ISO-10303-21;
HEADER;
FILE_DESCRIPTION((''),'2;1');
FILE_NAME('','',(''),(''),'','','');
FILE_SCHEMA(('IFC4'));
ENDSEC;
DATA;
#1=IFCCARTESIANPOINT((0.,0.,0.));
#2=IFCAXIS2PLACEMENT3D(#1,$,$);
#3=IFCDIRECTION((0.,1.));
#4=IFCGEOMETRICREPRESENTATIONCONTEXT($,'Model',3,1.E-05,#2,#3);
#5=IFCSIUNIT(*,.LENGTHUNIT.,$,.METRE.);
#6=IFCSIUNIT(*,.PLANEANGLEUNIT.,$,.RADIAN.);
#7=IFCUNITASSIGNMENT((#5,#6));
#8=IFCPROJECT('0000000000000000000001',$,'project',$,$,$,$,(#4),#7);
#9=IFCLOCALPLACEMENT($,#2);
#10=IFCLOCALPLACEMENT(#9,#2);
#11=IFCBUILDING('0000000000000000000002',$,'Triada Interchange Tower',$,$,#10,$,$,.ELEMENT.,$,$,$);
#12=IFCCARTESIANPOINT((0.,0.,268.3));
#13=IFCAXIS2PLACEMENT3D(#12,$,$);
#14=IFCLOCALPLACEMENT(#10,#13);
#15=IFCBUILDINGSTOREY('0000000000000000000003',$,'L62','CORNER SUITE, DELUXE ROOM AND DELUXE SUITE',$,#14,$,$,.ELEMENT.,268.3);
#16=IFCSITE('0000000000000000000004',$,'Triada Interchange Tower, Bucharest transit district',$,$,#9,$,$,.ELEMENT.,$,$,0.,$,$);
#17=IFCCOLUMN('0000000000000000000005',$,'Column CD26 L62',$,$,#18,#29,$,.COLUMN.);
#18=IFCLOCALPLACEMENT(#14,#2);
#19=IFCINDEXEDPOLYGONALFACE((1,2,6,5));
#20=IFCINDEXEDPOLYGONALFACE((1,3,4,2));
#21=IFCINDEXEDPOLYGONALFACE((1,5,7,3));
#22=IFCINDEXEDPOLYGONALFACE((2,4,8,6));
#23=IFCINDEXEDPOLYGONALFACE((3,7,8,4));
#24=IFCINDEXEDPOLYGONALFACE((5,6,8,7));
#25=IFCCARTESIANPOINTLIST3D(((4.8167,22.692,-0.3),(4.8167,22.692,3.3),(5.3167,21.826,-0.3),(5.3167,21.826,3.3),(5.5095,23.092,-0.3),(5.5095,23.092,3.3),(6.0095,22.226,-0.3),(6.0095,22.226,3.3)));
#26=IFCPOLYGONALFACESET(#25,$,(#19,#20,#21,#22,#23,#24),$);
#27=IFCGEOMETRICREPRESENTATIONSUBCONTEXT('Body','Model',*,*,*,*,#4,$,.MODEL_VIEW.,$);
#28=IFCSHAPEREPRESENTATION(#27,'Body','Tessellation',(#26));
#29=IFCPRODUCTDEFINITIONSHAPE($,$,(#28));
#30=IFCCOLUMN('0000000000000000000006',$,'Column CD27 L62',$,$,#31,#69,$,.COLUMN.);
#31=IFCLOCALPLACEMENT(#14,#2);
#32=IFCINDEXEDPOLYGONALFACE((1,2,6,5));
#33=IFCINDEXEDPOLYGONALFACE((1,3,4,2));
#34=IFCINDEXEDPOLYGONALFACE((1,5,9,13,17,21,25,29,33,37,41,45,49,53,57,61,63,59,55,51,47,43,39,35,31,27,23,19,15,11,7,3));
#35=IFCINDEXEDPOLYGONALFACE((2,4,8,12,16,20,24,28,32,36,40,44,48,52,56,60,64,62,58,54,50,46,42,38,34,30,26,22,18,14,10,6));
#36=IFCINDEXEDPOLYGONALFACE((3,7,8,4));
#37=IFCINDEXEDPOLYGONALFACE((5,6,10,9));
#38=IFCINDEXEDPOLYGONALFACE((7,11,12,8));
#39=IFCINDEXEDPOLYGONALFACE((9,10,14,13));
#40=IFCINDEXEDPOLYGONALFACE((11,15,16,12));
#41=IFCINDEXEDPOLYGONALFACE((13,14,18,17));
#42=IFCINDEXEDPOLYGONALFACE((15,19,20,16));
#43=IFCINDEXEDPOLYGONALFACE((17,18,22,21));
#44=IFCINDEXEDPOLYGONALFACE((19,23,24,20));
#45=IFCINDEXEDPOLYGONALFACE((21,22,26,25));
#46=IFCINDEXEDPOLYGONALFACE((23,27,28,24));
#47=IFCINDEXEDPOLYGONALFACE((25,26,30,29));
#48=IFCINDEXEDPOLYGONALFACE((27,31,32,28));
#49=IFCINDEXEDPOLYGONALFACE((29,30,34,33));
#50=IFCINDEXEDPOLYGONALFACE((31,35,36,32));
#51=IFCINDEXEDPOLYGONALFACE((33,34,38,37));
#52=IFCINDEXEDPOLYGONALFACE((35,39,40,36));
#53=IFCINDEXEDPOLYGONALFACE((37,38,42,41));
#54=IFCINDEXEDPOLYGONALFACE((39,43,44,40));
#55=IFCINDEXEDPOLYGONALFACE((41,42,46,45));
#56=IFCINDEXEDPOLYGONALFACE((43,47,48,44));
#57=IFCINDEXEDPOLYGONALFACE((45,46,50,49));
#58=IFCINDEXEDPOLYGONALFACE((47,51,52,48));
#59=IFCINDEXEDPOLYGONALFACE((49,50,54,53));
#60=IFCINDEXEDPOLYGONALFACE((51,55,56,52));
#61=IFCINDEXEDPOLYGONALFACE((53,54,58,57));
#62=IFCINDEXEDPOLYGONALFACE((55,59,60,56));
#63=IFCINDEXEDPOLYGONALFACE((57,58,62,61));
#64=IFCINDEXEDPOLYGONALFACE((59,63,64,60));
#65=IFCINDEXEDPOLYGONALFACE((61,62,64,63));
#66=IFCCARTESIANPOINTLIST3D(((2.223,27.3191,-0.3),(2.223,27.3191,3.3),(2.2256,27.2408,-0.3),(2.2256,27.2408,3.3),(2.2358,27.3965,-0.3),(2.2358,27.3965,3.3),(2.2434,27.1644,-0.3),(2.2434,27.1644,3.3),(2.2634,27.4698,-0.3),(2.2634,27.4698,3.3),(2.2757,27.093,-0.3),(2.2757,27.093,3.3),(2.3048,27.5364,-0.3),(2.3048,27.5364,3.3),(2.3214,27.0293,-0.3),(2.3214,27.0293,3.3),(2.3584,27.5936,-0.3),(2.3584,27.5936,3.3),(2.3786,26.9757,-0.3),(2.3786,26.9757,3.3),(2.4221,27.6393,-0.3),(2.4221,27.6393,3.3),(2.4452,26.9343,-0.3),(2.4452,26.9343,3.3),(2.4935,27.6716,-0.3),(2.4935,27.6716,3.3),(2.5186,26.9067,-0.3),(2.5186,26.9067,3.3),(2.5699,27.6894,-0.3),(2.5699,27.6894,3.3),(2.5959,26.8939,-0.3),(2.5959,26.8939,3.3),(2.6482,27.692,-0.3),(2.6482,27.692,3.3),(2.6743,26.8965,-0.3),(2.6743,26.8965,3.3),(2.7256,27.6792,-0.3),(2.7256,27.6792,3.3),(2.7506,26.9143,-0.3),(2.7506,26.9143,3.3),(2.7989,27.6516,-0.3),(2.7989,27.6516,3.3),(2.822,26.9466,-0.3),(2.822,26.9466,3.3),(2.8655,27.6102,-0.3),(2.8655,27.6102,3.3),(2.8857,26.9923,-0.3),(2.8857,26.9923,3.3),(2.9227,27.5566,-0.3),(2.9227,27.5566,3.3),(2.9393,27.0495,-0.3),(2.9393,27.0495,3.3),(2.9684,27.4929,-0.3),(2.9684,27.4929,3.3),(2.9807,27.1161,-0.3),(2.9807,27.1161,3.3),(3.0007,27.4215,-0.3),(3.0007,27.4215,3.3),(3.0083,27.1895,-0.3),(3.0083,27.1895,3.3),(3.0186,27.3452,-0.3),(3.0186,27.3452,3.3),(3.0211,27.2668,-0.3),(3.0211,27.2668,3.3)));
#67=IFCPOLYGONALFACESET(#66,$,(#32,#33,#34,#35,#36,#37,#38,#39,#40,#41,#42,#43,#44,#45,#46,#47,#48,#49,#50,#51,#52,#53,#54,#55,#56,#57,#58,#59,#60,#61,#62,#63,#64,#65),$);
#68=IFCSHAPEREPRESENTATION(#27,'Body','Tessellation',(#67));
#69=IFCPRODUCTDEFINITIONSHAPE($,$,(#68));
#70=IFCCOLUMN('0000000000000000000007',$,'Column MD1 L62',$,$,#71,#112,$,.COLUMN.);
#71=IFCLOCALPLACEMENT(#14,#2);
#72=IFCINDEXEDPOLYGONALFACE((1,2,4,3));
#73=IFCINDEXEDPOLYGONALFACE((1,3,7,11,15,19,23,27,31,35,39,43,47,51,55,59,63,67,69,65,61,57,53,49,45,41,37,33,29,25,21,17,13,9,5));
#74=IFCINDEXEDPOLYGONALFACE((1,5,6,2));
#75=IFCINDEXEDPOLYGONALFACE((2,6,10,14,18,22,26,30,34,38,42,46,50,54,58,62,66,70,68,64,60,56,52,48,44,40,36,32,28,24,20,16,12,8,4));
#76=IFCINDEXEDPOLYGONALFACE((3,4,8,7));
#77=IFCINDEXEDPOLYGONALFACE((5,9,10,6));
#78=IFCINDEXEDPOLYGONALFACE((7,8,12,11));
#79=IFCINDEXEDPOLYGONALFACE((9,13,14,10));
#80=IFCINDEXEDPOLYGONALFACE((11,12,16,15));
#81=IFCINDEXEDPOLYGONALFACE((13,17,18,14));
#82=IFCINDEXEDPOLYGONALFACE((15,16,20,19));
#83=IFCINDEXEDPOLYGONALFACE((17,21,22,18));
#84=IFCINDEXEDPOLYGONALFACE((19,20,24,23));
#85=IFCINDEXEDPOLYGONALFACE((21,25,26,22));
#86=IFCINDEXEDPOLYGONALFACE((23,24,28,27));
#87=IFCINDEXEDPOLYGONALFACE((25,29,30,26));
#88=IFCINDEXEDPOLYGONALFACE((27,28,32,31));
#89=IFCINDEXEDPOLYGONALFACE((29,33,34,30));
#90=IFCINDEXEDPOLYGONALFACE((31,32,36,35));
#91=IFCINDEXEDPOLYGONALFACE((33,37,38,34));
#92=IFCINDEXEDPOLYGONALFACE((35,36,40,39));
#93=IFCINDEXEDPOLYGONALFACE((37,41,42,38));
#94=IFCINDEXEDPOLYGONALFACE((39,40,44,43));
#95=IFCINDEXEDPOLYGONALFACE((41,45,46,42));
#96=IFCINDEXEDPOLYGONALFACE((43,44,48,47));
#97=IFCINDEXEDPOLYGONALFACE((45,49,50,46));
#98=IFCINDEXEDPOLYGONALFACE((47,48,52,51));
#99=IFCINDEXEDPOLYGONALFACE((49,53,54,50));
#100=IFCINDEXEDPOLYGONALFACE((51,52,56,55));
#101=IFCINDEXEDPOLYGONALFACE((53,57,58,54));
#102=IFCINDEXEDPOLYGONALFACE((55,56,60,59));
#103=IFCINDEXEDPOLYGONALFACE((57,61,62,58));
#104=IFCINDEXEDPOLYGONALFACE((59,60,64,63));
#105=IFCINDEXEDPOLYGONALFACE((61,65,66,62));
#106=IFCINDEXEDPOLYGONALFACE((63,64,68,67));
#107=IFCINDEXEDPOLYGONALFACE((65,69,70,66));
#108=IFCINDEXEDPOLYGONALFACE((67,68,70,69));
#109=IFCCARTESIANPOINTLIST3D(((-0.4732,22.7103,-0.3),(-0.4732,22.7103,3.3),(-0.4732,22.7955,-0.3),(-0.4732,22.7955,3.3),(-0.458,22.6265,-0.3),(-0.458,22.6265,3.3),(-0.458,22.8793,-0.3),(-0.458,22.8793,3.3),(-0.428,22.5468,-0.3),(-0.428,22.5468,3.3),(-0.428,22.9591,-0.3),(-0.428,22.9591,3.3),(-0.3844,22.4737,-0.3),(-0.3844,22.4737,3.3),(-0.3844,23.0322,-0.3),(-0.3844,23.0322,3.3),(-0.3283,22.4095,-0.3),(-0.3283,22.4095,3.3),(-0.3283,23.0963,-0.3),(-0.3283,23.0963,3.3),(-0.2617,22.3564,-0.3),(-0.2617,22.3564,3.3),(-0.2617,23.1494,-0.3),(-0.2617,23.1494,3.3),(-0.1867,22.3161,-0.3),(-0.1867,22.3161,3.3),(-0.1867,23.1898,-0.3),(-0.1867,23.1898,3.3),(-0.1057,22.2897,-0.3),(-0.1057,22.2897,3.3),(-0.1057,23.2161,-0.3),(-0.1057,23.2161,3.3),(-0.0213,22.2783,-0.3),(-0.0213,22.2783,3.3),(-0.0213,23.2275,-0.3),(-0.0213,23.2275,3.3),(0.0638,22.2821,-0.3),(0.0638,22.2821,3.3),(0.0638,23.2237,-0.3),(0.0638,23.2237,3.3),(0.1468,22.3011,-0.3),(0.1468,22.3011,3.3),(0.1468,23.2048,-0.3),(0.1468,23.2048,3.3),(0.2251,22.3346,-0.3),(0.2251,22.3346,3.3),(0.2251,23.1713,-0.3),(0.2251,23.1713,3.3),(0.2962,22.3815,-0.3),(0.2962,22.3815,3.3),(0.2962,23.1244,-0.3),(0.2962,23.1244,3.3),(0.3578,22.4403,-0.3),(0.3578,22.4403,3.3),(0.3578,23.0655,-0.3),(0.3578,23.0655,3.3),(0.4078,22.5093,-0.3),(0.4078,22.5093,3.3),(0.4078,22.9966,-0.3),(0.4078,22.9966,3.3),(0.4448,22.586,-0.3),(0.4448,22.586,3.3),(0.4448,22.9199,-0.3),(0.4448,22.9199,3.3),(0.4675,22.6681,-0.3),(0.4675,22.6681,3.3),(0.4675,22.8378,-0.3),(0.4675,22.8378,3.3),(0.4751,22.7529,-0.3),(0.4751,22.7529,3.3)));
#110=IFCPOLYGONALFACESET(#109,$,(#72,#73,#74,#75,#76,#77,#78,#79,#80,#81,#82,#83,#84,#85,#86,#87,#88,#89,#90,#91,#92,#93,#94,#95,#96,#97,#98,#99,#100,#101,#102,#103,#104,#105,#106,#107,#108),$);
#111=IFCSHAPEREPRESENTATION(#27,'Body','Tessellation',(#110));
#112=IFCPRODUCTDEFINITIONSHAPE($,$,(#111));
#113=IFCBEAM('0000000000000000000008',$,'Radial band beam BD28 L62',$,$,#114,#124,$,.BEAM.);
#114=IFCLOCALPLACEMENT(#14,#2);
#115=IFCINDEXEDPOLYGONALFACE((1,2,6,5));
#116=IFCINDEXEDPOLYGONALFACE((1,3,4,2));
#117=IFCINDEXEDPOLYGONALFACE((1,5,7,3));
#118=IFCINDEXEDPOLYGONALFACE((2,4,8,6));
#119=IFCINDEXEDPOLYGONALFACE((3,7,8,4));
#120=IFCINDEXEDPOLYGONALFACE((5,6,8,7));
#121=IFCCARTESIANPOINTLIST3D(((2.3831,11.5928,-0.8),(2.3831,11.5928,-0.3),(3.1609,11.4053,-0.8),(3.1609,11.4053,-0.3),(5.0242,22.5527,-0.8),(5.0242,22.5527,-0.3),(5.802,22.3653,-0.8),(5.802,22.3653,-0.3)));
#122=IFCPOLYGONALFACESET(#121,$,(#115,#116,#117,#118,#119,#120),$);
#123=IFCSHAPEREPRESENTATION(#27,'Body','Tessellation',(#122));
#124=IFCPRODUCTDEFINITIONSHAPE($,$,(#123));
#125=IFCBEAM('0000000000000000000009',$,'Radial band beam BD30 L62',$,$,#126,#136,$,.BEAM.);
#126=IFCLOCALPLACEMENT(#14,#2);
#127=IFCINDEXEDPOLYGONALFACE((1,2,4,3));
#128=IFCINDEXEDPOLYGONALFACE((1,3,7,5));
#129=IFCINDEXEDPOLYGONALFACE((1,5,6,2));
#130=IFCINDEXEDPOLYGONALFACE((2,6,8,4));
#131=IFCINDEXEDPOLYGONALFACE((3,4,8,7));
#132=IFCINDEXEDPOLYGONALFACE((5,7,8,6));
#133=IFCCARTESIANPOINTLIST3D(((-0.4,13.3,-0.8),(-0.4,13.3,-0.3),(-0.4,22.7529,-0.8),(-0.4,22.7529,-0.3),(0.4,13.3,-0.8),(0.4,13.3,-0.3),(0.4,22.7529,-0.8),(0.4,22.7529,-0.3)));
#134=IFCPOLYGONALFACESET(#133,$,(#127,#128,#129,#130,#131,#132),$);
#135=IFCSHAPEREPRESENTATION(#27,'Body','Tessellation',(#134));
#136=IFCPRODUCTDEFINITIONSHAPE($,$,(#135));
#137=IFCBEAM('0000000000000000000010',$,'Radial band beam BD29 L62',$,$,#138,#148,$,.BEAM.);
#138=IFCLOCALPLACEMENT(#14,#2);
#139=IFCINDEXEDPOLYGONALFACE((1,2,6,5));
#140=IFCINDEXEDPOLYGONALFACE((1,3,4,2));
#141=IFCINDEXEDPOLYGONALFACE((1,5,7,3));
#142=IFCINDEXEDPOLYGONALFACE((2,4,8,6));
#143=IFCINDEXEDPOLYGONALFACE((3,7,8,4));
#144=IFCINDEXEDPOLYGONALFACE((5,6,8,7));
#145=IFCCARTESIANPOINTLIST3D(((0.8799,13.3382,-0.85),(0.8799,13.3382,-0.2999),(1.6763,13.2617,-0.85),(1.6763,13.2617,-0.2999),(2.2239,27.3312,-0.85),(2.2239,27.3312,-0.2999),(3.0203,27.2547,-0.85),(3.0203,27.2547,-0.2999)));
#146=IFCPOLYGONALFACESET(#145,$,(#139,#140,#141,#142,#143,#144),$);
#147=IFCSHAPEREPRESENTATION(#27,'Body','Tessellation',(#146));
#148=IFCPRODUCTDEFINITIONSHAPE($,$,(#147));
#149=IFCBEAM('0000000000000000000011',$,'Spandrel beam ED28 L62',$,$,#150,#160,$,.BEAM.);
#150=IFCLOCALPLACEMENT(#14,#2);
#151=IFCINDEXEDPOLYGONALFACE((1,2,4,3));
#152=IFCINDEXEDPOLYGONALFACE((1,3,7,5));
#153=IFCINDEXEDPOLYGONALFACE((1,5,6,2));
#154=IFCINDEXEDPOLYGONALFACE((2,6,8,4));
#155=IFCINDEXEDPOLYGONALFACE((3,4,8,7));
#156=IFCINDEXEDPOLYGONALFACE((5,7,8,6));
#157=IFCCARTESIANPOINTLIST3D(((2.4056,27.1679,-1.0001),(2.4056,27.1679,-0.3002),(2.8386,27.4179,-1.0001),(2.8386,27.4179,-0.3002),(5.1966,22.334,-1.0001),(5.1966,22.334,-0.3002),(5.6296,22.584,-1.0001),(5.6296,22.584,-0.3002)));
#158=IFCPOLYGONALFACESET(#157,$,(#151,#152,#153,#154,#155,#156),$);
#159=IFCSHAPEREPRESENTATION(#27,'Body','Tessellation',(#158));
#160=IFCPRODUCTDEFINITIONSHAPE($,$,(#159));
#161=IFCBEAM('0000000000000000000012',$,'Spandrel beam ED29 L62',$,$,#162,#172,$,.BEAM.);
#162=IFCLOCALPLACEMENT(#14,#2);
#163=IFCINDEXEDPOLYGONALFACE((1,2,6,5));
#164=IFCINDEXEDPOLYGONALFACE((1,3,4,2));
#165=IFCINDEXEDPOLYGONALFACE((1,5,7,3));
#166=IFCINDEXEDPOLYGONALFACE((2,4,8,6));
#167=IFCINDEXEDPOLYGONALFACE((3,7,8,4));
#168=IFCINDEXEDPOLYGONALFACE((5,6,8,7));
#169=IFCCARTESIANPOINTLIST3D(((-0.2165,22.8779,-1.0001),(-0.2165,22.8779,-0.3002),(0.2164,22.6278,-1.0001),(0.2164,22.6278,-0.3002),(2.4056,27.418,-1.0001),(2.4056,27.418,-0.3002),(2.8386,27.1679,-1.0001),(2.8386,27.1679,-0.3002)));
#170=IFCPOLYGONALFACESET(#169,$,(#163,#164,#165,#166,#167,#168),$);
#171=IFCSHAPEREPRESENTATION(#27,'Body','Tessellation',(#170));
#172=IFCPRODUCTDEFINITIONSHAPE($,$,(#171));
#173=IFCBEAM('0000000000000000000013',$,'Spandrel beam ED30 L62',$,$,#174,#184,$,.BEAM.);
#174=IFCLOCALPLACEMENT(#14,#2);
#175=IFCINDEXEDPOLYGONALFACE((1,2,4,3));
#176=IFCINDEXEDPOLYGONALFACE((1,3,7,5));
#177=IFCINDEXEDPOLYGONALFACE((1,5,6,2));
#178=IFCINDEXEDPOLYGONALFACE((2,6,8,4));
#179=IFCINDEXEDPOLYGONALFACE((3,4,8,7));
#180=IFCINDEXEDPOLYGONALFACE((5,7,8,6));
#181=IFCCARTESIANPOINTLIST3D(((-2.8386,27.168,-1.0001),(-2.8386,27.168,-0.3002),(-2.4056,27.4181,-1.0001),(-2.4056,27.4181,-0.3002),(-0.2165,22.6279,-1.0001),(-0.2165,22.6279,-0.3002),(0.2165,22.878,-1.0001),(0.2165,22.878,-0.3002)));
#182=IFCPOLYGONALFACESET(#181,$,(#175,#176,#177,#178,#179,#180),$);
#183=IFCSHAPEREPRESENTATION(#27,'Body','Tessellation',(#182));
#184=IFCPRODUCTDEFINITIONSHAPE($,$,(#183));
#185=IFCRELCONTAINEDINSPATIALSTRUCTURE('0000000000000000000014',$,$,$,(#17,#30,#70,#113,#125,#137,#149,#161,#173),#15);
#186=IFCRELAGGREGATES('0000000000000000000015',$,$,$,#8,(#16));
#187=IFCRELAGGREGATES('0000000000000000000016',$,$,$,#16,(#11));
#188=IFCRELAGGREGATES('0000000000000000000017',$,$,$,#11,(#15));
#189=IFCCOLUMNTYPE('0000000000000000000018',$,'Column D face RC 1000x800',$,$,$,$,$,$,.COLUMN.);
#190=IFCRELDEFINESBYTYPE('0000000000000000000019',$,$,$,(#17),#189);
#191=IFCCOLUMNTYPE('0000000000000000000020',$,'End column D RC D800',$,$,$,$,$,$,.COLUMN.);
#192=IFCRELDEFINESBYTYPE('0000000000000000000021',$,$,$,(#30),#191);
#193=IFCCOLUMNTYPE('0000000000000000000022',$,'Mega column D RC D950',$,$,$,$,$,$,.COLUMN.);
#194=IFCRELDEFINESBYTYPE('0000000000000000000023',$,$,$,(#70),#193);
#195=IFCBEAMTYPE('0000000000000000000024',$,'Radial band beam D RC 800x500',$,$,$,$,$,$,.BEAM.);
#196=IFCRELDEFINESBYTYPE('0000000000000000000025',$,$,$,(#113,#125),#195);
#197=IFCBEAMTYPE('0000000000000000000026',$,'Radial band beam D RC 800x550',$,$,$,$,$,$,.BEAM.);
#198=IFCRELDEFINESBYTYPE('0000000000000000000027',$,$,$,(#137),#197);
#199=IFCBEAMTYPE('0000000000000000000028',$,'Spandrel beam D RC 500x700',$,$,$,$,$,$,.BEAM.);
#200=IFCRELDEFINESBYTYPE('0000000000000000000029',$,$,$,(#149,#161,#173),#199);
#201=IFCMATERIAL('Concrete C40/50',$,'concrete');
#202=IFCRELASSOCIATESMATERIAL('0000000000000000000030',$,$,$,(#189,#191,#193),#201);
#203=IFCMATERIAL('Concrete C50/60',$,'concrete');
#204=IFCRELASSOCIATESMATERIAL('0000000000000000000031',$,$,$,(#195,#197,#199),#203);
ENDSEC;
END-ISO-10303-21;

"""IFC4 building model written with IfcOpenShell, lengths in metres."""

from ifc_helpers import new_model, si_unit, direction, frame, origin, origin_2d, place, context, subcontext, project, spatial, rectangle, circle, extrude, material, material_profile, profile_set, type_object, element, save


model = new_model("IFC4")

# Units and contexts
model_context = context("Model", 3, precision=1e-05, world=origin(), true_north=direction((0.0, 1.0)))
body_context = subcontext(model_context, "Body", "Model", "MODEL_VIEW")
ifc_project = project(units=[si_unit("LENGTHUNIT", "METRE"), si_unit("PLANEANGLEUNIT", "RADIAN")], contexts=[model_context])

# Site, building, storey
site_placement = place(None, origin())
site = spatial("IfcSite", under=ifc_project, at=site_placement, Name="Triada Interchange Tower, Bucharest transit district", CompositionType="ELEMENT", RefElevation=0.0)
building_placement = place(site_placement, origin())
building = spatial("IfcBuilding", under=site, at=building_placement, Name="Triada Interchange Tower", CompositionType="ELEMENT")
storey_placement = place(building_placement, frame((0.0, 0.0, 268.3)))
storey = spatial("IfcBuildingStorey", under=building, at=storey_placement, Name="L62", Description="CORNER SUITE, DELUXE ROOM AND DELUXE SUITE", CompositionType="ELEMENT", Elevation=268.3)

# Columns
ifc_material_1 = material(Name="Concrete C40/50", Category="concrete")
ifc_material_profile_1 = material_profile(ifc_material_1, rectangle(XDim=1.0, YDim=0.8, at=origin_2d()), Name="RC 1000x800")
ifc_profile_set_1 = profile_set([ifc_material_profile_1], Name="Concrete C40/50")
column_type_1 = type_object("IfcColumnType", Name="Column D face RC 1000x800", PredefinedType="COLUMN", material=ifc_profile_set_1)
column_1_placement = place(storey_placement, frame((5.4131, 22.459, -0.3), z_axis=(0.0, 0.0, 1.0), x_axis=(-0.5, 0.866025, 0.0)))
element("IfcColumn", 1, at=column_1_placement, inside=storey, type_object=column_type_1, Name="Column CD26 L62", PredefinedType="COLUMN", context=body_context, shape_type="SweptSolid", body=[
    extrude(rectangle(XDim=1.0, YDim=0.8, at=origin_2d()), origin(), (0.0, 0.0, 1.0), 3.6001),
])
ifc_material_profile_2 = material_profile(ifc_material_1, circle(Radius=0.3999, at=origin_2d()), Name="RC D800")
ifc_profile_set_2 = profile_set([ifc_material_profile_2], Name="Concrete C40/50")
column_type_2 = type_object("IfcColumnType", Name="End column D RC D800", PredefinedType="COLUMN", material=ifc_profile_set_2)
column_2_placement = place(storey_placement, frame((2.6221, 27.293, -0.3), z_axis=(0.0, 0.0, 1.0), x_axis=(-0.5, 0.866025, 0.0)))
element("IfcColumn", 2, at=column_2_placement, inside=storey, type_object=column_type_2, Name="Column CD27 L62", PredefinedType="COLUMN", context=body_context, shape_type="SweptSolid", body=[
    extrude(circle(Radius=0.3999, at=origin_2d()), origin(), (0.0, 0.0, 1.0), 3.6001),
])
ifc_material_profile_3 = material_profile(ifc_material_1, circle(Radius=0.4751, at=origin_2d()), Name="RC D950")
ifc_profile_set_3 = profile_set([ifc_material_profile_3], Name="Concrete C40/50")
column_type_3 = type_object("IfcColumnType", Name="Mega column D RC D950", PredefinedType="COLUMN", material=ifc_profile_set_3)
column_3_placement = place(storey_placement, frame((0.0, 22.7529, -0.3), z_axis=(0.0, 0.0, 1.0), x_axis=(1.0, 0.0, 0.0)))
element("IfcColumn", 3, at=column_3_placement, inside=storey, type_object=column_type_3, Name="Column MD1 L62", PredefinedType="COLUMN", context=body_context, shape_type="SweptSolid", body=[
    extrude(circle(Radius=0.4751, at=origin_2d()), origin(), (0.0, 0.0, 1.0), 3.6001),
])

# Beams
ifc_material_2 = material(Name="Concrete C50/60", Category="concrete")
ifc_material_profile_4 = material_profile(ifc_material_2, rectangle(XDim=0.8, YDim=0.5, at=origin_2d()), Name="RC 800x500")
ifc_profile_set_4 = profile_set([ifc_material_profile_4], Name="Concrete C50/60")
beam_type_1 = type_object("IfcBeamType", Name="Radial band beam D RC 800x500", PredefinedType="BEAM", material=ifc_profile_set_4)
beam_1_placement = place(storey_placement, frame((5.4131, 22.459, -0.55), z_axis=(-0.234272, -0.972171, 0.0), x_axis=(0.972171, -0.234272, 0.0)))
element("IfcBeam", 4, at=beam_1_placement, inside=storey, type_object=beam_type_1, Name="Radial band beam BD28 L62", PredefinedType="BEAM", context=body_context, shape_type="SweptSolid", body=[
    extrude(rectangle(XDim=0.8, YDim=0.5, at=origin_2d()), origin(), (0.0, 0.0, 1.0), 11.2737),
])
beam_2_placement = place(storey_placement, frame((0.0, 22.7529, -0.55), z_axis=(0.0, -1.0, 0.0), x_axis=(1.0, 0.0, 0.0)))
element("IfcBeam", 5, at=beam_2_placement, inside=storey, type_object=beam_type_1, Name="Radial band beam BD30 L62", PredefinedType="BEAM", context=body_context, shape_type="SweptSolid", body=[
    extrude(rectangle(XDim=0.8, YDim=0.5, at=origin_2d()), origin(), (0.0, 0.0, 1.0), 9.4529),
])
ifc_material_profile_5 = material_profile(ifc_material_2, rectangle(XDim=0.8, YDim=0.55, at=origin_2d()), Name="RC 800x550")
ifc_profile_set_5 = profile_set([ifc_material_profile_5], Name="Concrete C50/60")
beam_type_2 = type_object("IfcBeamType", Name="Radial band beam D RC 800x550", PredefinedType="BEAM", material=ifc_profile_set_5)
beam_3_placement = place(storey_placement, frame((2.6221, 27.293, -0.575), z_axis=(-0.095608, -0.995419, 0.0), x_axis=(0.995419, -0.095608, 0.0)))
element("IfcBeam", 6, at=beam_3_placement, inside=storey, type_object=beam_type_2, Name="Radial band beam BD29 L62", PredefinedType="BEAM", context=body_context, shape_type="SweptSolid", body=[
    extrude(rectangle(XDim=0.8, YDim=0.55, at=origin_2d()), origin(), (0.0, 0.0, 1.0), 14.0574),
])
ifc_material_profile_6 = material_profile(ifc_material_2, rectangle(XDim=0.5, YDim=0.7, at=origin_2d()), Name="RC 500x700")
ifc_profile_set_6 = profile_set([ifc_material_profile_6], Name="Concrete C50/60")
beam_type_3 = type_object("IfcBeamType", Name="Spandrel beam D RC 500x700", PredefinedType="BEAM", material=ifc_profile_set_6)
beam_4_placement = place(storey_placement, frame((5.4131, 22.459, -0.6501), z_axis=(-0.500015, 0.866017, 0.0), x_axis=(-0.866017, -0.500015, 0.0)))
element("IfcBeam", 7, at=beam_4_placement, inside=storey, type_object=beam_type_3, Name="Spandrel beam ED28 L62", PredefinedType="BEAM", context=body_context, shape_type="SweptSolid", body=[
    extrude(rectangle(XDim=0.5, YDim=0.7, at=origin_2d()), origin(), (0.0, 0.0, 1.0), 5.5818),
])
for number, where, z_axis, x_axis, name in (
    (8, (2.6221, 27.293, -0.6501), (-0.500126, -0.865953, 0.0), (0.865953, -0.500126, 0.0), "Spandrel beam ED29 L62"),
    (9, (0.0, 22.7529, -0.6501), (-0.500126, 0.865953, 0.0), (-0.865953, -0.500126, 0.0), "Spandrel beam ED30 L62"),
):
    element("IfcBeam", number, at=place(storey_placement, frame(where, z_axis=z_axis, x_axis=x_axis)), inside=storey, type_object=beam_type_3, Name=name, PredefinedType="BEAM", context=body_context, shape_type="SweptSolid", body=[
        extrude(rectangle(XDim=0.5, YDim=0.7, at=origin_2d()), origin(), (0.0, 0.0, 1.0), 5.2429),
    ])

save(model, "model.ifc")
